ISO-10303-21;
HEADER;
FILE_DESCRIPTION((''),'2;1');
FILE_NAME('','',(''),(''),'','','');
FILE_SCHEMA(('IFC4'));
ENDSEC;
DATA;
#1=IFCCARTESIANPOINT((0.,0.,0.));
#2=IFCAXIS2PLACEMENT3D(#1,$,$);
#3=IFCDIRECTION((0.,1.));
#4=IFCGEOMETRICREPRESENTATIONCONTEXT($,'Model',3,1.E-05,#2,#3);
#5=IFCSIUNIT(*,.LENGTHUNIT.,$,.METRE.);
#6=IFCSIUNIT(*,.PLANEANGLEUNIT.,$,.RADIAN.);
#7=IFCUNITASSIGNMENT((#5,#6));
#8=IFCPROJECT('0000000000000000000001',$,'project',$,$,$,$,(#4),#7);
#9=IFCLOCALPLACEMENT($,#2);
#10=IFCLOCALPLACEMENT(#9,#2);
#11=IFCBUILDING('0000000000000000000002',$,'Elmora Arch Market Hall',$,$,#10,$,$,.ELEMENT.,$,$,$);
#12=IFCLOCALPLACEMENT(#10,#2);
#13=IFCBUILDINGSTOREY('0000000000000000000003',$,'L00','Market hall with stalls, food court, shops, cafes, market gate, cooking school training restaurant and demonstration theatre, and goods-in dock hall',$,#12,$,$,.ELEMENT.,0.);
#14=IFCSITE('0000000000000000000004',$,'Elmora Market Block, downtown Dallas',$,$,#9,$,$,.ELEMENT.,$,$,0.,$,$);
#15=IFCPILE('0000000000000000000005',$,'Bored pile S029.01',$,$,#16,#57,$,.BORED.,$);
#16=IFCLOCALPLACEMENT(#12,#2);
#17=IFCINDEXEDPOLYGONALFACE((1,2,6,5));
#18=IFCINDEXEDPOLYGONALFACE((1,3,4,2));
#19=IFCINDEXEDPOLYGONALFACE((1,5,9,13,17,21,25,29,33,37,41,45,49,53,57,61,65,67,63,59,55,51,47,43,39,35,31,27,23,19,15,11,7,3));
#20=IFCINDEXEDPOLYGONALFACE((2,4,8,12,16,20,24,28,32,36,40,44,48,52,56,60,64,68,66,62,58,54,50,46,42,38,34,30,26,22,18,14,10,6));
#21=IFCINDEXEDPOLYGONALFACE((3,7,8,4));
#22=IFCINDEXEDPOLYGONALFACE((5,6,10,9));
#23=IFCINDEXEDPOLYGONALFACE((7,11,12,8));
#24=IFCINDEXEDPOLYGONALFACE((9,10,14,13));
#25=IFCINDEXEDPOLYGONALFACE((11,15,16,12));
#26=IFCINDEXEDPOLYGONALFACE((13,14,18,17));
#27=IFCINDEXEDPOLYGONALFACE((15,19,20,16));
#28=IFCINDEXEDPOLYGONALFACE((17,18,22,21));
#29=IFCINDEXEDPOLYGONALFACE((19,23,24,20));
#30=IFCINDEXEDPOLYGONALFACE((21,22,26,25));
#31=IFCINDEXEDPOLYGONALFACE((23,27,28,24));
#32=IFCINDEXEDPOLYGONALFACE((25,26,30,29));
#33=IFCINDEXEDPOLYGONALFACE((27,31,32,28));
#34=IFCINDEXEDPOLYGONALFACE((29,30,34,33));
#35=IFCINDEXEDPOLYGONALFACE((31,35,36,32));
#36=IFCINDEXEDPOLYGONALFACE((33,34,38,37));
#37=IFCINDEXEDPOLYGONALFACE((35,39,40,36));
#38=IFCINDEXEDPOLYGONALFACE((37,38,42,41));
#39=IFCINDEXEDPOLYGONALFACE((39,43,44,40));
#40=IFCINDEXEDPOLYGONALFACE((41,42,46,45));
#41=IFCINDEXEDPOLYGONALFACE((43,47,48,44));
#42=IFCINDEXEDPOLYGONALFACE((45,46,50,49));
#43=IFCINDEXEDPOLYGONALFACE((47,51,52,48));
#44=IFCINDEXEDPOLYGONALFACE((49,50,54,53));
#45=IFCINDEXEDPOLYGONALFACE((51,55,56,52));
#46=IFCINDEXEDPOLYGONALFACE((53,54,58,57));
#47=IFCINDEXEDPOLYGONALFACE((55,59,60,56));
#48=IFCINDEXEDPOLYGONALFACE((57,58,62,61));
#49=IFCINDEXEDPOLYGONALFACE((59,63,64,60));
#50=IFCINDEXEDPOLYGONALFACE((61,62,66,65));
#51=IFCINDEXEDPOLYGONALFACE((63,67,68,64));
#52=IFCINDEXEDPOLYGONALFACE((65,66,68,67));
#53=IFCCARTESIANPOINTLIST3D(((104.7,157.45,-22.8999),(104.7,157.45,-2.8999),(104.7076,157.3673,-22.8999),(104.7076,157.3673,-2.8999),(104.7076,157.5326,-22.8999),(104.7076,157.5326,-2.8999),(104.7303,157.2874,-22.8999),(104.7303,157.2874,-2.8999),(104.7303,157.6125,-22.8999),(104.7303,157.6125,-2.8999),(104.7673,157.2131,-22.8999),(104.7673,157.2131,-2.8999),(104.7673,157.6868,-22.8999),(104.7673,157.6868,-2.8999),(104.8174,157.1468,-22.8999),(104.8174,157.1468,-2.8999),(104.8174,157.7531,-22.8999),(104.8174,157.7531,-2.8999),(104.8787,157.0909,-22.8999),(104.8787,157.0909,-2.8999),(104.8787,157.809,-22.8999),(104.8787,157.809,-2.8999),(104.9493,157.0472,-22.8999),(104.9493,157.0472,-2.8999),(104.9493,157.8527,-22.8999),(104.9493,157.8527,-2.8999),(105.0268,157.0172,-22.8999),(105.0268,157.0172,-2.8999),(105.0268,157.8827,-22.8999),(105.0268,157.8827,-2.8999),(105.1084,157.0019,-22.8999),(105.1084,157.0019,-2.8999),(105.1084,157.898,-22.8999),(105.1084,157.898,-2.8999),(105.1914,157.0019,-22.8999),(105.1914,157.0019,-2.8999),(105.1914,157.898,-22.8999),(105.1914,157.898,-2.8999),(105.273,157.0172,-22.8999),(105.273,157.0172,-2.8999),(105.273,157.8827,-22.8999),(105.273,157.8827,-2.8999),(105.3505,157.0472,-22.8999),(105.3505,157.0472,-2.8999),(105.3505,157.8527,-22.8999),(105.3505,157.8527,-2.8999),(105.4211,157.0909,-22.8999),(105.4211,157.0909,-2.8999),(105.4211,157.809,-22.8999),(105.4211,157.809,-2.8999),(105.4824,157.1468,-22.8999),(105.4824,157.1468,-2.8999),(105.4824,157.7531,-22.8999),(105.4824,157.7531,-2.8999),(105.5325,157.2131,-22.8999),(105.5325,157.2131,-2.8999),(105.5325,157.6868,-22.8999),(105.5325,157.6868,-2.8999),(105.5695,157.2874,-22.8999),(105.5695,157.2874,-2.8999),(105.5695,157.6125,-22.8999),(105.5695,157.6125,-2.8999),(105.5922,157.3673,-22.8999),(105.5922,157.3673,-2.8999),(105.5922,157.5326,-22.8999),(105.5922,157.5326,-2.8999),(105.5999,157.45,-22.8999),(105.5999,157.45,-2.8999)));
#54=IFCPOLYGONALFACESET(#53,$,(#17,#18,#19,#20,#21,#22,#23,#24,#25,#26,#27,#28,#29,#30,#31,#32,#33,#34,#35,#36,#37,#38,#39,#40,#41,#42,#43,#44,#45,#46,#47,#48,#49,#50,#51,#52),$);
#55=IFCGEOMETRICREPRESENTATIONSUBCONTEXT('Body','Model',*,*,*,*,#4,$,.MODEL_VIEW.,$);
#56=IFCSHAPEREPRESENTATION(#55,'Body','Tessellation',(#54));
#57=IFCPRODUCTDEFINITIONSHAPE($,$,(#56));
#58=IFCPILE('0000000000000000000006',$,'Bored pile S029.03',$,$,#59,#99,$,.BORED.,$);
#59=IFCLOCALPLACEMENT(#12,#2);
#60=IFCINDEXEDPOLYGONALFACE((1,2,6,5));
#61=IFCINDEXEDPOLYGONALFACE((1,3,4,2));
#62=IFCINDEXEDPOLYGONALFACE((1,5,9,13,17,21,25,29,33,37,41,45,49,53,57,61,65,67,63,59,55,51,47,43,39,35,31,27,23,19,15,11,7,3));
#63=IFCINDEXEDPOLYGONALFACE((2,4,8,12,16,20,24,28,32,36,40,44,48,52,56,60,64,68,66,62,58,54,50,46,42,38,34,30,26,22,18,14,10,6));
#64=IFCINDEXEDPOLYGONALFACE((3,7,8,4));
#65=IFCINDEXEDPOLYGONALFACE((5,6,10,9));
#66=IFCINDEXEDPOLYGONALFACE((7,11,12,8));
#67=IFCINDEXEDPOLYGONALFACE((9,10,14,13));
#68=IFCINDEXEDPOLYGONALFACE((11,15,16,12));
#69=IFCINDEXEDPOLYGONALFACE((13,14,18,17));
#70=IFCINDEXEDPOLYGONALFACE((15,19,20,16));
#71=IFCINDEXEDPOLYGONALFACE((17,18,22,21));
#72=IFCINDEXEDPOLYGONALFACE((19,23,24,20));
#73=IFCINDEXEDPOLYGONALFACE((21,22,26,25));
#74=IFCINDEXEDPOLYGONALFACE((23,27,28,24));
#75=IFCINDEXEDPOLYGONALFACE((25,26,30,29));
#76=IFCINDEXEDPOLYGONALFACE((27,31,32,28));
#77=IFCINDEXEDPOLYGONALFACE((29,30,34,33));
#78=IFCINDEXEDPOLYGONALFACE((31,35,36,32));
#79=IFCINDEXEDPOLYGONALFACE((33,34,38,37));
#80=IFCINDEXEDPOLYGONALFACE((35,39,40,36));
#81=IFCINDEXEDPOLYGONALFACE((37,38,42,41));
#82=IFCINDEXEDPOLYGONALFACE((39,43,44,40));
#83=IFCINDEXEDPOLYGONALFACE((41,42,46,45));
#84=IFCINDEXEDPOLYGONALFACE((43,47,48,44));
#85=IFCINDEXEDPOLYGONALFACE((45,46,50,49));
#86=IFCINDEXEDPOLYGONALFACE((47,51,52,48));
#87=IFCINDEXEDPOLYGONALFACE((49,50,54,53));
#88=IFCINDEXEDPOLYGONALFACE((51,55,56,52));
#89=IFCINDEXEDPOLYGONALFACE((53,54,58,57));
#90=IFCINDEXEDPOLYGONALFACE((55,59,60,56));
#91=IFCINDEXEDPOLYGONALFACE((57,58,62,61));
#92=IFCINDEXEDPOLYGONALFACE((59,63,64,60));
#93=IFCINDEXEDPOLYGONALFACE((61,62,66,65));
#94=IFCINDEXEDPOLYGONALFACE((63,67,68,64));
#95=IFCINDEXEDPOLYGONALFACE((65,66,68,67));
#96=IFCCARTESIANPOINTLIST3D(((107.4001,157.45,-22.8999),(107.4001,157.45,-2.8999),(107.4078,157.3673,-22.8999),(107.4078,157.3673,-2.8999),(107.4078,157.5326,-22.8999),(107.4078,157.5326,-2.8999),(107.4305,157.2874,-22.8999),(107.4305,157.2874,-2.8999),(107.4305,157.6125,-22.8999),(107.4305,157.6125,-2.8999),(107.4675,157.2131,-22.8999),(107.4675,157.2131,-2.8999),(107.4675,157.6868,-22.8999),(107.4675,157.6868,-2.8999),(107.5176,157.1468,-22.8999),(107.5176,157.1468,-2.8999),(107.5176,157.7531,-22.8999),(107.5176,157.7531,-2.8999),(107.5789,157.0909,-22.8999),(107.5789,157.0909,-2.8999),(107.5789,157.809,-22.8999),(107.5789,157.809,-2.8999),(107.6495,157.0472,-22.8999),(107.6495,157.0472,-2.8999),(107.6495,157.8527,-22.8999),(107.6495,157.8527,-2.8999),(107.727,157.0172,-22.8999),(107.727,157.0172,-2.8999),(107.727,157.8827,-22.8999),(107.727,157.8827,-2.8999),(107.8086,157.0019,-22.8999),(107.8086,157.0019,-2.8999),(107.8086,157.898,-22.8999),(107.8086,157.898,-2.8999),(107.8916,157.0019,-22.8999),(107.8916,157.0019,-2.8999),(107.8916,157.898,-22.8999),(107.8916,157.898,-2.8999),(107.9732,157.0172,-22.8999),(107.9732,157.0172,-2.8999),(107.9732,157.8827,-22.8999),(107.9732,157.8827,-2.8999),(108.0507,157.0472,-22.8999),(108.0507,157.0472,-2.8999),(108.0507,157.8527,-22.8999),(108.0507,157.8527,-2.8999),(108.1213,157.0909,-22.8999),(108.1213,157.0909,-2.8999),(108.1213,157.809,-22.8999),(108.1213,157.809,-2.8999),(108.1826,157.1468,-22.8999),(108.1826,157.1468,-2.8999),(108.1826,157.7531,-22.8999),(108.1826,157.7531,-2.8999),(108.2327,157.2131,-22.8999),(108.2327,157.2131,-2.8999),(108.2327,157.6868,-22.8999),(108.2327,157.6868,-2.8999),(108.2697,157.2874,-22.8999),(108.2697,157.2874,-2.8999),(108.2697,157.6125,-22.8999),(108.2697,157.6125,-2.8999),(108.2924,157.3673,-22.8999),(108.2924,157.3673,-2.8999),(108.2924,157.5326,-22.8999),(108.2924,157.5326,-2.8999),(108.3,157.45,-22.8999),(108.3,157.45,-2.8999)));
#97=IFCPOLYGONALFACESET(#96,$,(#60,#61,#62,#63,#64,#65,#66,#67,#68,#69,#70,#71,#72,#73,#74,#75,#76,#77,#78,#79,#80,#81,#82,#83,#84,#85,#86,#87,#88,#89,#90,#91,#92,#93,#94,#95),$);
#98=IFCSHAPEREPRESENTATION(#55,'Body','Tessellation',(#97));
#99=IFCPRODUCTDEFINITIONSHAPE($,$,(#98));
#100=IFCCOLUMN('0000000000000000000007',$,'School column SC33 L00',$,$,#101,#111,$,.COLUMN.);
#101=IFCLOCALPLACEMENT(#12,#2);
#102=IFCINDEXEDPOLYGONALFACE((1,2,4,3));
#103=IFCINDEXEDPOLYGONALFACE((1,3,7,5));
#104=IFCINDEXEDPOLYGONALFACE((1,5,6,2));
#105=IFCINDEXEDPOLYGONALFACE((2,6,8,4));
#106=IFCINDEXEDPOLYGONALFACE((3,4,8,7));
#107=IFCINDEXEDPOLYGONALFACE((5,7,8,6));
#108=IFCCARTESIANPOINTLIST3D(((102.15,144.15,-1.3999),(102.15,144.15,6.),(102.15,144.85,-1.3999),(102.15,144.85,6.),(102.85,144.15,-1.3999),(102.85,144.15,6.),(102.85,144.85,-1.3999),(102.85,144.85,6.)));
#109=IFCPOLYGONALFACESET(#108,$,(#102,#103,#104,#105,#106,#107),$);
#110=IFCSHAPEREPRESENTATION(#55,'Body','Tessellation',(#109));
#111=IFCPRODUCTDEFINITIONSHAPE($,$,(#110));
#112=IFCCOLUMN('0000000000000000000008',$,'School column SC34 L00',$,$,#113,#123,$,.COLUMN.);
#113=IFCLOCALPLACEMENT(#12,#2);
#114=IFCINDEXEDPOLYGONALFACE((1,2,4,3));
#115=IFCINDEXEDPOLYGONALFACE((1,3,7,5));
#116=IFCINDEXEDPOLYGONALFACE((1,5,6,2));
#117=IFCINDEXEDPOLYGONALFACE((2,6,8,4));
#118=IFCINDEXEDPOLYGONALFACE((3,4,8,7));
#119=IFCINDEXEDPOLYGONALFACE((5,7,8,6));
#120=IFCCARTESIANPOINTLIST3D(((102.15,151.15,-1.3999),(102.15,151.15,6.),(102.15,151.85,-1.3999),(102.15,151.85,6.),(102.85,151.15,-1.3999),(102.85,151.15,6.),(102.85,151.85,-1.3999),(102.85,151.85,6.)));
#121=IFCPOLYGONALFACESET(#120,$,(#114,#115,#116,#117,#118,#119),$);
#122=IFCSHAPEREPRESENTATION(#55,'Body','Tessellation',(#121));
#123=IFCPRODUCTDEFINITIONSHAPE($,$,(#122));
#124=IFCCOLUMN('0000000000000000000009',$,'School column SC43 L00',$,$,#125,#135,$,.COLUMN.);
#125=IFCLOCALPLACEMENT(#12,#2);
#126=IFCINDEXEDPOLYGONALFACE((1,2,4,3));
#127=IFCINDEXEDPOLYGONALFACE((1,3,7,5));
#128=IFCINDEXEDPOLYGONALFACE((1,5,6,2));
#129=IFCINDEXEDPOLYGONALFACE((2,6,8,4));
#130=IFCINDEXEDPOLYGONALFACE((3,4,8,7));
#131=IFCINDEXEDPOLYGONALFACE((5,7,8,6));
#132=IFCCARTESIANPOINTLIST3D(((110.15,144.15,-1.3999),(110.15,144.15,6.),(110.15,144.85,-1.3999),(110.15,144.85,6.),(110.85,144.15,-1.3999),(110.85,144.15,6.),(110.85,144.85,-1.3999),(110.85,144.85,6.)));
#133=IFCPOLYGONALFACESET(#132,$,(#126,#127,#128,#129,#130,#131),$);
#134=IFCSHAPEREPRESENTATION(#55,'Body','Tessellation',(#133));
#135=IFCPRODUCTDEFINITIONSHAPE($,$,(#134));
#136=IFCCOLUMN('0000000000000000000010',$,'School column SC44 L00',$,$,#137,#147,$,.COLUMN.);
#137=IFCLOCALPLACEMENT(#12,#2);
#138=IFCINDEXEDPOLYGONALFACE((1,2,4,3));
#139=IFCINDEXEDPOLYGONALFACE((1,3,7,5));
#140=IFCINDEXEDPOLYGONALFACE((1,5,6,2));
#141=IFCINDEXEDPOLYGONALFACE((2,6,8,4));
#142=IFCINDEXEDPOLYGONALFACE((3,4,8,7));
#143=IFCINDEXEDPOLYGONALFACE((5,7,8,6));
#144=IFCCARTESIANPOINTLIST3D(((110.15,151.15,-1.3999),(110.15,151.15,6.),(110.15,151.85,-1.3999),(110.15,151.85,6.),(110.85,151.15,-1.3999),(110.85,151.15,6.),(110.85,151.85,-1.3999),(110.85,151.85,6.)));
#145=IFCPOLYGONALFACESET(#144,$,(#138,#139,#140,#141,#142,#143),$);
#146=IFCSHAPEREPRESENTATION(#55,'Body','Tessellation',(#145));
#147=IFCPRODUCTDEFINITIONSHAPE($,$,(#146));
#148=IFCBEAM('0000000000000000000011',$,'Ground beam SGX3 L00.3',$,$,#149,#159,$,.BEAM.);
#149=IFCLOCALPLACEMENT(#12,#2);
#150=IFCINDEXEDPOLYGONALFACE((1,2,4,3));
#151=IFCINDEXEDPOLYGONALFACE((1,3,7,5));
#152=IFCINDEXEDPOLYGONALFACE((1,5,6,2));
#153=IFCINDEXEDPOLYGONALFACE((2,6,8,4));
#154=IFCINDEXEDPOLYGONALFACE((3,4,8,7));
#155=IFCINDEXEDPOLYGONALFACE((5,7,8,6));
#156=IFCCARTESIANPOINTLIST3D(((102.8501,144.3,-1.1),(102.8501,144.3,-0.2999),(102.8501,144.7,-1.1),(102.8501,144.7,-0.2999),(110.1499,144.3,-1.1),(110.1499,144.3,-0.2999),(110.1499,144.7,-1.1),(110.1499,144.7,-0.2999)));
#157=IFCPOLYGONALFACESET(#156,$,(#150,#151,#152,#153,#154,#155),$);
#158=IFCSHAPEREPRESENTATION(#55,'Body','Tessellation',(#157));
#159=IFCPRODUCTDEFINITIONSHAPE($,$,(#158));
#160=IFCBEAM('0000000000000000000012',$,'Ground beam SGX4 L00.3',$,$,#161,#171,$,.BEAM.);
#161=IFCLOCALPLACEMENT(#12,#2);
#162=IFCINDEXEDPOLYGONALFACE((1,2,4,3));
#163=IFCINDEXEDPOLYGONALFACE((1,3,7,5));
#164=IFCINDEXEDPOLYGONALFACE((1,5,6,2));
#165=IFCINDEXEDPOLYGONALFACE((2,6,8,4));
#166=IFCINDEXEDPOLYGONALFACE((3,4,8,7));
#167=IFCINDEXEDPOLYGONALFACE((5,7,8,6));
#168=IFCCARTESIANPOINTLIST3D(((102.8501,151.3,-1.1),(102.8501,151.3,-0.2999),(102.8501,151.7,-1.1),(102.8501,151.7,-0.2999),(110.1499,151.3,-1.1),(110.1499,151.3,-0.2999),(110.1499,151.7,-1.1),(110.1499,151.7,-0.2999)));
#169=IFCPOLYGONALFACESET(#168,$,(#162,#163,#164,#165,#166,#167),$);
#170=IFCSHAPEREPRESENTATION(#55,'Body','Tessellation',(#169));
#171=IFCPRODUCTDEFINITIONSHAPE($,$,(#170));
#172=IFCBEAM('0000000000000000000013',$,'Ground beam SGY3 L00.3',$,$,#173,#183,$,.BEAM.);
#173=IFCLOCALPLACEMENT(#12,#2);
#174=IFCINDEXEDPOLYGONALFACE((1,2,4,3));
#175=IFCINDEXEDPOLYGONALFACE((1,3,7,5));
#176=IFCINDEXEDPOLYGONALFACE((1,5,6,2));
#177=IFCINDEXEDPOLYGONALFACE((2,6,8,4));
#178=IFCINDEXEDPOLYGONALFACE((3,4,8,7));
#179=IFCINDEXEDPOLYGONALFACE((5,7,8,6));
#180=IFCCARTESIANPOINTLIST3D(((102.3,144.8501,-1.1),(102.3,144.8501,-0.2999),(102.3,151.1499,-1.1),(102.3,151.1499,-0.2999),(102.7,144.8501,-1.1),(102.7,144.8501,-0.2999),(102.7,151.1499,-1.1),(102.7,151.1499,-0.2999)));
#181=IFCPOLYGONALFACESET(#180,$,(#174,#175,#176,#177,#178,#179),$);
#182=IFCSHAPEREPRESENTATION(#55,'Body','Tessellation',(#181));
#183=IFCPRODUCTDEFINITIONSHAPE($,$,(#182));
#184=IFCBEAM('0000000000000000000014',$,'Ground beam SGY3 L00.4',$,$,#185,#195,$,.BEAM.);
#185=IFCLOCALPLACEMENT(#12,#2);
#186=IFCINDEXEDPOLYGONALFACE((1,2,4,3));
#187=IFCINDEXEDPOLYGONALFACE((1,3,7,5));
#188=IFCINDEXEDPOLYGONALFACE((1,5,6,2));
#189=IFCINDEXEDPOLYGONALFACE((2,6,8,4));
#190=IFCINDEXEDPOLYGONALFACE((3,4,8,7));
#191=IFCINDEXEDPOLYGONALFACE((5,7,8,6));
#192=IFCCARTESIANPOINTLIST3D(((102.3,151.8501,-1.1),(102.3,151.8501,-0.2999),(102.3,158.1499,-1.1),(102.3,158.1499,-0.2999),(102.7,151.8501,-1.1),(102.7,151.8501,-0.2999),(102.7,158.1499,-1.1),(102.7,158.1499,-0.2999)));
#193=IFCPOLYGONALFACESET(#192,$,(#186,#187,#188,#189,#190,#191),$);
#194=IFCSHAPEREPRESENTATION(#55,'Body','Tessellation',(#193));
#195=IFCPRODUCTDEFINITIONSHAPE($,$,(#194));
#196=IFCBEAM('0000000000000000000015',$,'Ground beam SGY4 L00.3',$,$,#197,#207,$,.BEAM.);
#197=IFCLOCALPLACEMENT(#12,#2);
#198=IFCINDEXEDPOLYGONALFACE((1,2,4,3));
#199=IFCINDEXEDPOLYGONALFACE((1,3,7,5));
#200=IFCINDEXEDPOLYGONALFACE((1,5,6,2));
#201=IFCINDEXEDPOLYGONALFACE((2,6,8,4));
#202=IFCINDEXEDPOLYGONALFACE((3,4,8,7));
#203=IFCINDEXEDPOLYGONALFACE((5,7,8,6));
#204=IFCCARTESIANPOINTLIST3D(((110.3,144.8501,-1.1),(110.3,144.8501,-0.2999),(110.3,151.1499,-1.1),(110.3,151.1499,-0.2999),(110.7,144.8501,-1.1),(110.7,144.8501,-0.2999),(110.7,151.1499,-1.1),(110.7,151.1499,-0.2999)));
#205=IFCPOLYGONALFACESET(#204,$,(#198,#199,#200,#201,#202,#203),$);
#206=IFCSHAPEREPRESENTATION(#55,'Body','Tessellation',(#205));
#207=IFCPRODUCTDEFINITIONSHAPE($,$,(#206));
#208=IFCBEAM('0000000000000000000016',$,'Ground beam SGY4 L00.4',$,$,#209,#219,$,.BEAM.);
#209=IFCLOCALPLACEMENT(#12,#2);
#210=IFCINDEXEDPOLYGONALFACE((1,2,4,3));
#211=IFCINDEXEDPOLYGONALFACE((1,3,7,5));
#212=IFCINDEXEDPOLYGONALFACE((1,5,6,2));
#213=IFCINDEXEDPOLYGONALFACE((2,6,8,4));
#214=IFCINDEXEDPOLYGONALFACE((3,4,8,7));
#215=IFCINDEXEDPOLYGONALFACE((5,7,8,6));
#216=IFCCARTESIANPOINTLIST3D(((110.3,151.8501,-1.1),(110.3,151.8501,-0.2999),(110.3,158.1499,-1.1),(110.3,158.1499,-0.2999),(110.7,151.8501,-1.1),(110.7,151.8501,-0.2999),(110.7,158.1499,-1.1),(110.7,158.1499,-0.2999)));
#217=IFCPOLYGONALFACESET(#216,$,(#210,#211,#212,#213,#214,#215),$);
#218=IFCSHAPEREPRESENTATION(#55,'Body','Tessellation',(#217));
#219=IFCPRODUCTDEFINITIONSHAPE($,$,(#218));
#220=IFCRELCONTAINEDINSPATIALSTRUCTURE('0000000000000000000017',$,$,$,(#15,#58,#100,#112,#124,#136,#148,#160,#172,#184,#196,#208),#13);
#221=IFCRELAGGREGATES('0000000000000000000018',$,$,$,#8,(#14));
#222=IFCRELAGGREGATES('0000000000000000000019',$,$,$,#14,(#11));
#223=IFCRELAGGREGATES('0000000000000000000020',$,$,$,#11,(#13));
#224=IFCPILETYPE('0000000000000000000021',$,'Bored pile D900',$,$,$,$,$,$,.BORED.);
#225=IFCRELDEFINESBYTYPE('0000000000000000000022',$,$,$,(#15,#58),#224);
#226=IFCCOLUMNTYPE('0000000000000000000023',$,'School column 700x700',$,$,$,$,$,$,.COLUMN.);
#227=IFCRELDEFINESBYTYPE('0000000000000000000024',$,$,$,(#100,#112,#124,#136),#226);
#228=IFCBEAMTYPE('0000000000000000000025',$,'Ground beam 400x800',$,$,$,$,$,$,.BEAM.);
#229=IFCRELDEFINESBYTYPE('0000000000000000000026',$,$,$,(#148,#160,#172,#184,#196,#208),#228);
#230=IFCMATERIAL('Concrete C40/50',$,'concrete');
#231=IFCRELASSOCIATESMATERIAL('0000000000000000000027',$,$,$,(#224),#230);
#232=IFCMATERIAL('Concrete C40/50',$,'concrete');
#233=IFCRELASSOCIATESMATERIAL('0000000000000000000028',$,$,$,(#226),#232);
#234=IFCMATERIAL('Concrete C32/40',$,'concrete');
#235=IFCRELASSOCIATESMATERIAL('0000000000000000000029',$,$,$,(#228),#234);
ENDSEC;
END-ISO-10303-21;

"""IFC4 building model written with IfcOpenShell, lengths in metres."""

from ifc_helpers import new_model, si_unit, direction, frame, origin, origin_2d, place, context, subcontext, project, spatial, rectangle, circle, extrude, material, material_profile, profile_set, type_object, element, save


model = new_model("IFC4")

# Units and contexts
model_context = context("Model", 3, precision=1e-05, world=origin(), true_north=direction((0.0, 1.0)))
body_context = subcontext(model_context, "Body", "Model", "MODEL_VIEW")
ifc_project = project(units=[si_unit("LENGTHUNIT", "METRE"), si_unit("PLANEANGLEUNIT", "RADIAN")], contexts=[model_context])

# Site, building, storey
site_placement = place(None, origin())
site = spatial("IfcSite", under=ifc_project, at=site_placement, Name="Elmora Market Block, downtown Dallas", CompositionType="ELEMENT", RefElevation=0.0)
building_placement = place(site_placement, origin())
building = spatial("IfcBuilding", under=site, at=building_placement, Name="Elmora Arch Market Hall", CompositionType="ELEMENT")
storey_placement = place(building_placement, origin())
storey = spatial("IfcBuildingStorey", under=building, at=storey_placement, Name="L00", Description="Market hall with stalls, food court, shops, cafes, market gate, cooking school training restaurant and demonstration theatre, and goods-in dock hall", CompositionType="ELEMENT", Elevation=0.0)

# Piles
ifc_material_1 = material(Name="Concrete C40/50", Category="concrete")
ifc_material_profile_1 = material_profile(ifc_material_1, circle(Radius=0.45, at=origin_2d()), Name="Bored pile D900")
ifc_profile_set_1 = profile_set([ifc_material_profile_1], Name="Concrete C40/50")
pile_type = type_object("IfcPileType", Name="Bored pile D900", PredefinedType="BORED", material=ifc_profile_set_1)
for number, where, z_axis, x_axis, name in (
    (1, (105.1499, 157.45, -2.8999), (0.0, 0.0, -1.0), (1.0, 0.0, 0.0), "Bored pile S029.01"),
    (2, (107.8501, 157.45, -2.8999), (0.0, 0.0, -1.0), (1.0, 0.0, 0.0), "Bored pile S029.03"),
):
    element("IfcPile", number, at=place(storey_placement, frame(where, z_axis=z_axis, x_axis=x_axis)), inside=storey, type_object=pile_type, Name=name, PredefinedType="BORED", context=body_context, shape_type="SweptSolid", body=[
        extrude(circle(Radius=0.45, at=origin_2d()), origin(), (0.0, 0.0, 1.0), 20.0),
    ])

# Columns
ifc_material_2 = material(Name="Concrete C40/50", Category="concrete")
ifc_material_profile_2 = material_profile(ifc_material_2, rectangle(XDim=0.7, YDim=0.7, at=origin_2d()), Name="School column 700x700")
ifc_profile_set_2 = profile_set([ifc_material_profile_2], Name="Concrete C40/50")
column_type = type_object("IfcColumnType", Name="School column 700x700", PredefinedType="COLUMN", material=ifc_profile_set_2)
for number, where, z_axis, x_axis, name in (
    (3, (102.5, 144.5, -1.3999), (0.0, 0.0, 1.0), (1.0, 0.0, 0.0), "School column SC33 L00"),
    (4, (102.5, 151.5, -1.3999), (0.0, 0.0, 1.0), (1.0, 0.0, 0.0), "School column SC34 L00"),
    (5, (110.5, 144.5, -1.3999), (0.0, 0.0, 1.0), (1.0, 0.0, 0.0), "School column SC43 L00"),
    (6, (110.5, 151.5, -1.3999), (0.0, 0.0, 1.0), (1.0, 0.0, 0.0), "School column SC44 L00"),
):
    element("IfcColumn", number, at=place(storey_placement, frame(where, z_axis=z_axis, x_axis=x_axis)), inside=storey, type_object=column_type, Name=name, PredefinedType="COLUMN", context=body_context, shape_type="SweptSolid", body=[
        extrude(rectangle(XDim=0.7, YDim=0.7, at=origin_2d()), origin(), (0.0, 0.0, 1.0), 7.3999),
    ])

# Beams
ifc_material_3 = material(Name="Concrete C32/40", Category="concrete")
ifc_material_profile_3 = material_profile(ifc_material_3, rectangle(XDim=0.3999, YDim=0.8, at=origin_2d()), Name="Ground beam 400x800")
ifc_profile_set_3 = profile_set([ifc_material_profile_3], Name="Concrete C32/40")
beam_type_1 = type_object("IfcBeamType", Name="Ground beam 400x800", PredefinedType="BEAM", material=ifc_profile_set_3)
for number, where, z_axis, x_axis, name in (
    (7, (102.8501, 144.5, -0.7), (1.0, 0.0, 0.0), (0.0, 1.0, 0.0), "Ground beam SGX3 L00.3"),
    (8, (102.8501, 151.5, -0.7), (1.0, 0.0, 0.0), (0.0, 1.0, 0.0), "Ground beam SGX4 L00.3"),
):
    element("IfcBeam", number, at=place(storey_placement, frame(where, z_axis=z_axis, x_axis=x_axis)), inside=storey, type_object=beam_type_1, Name=name, PredefinedType="BEAM", context=body_context, shape_type="SweptSolid", body=[
        extrude(rectangle(XDim=0.3999, YDim=0.8, at=origin_2d()), origin(), (0.0, 0.0, 1.0), 7.2998),
    ])
for number, where, z_axis, x_axis, name in (
    (9, (102.5, 144.8501, -0.7), (0.0, 1.0, 0.0), (-1.0, 0.0, 0.0), "Ground beam SGY3 L00.3"),
    (10, (102.5, 151.8501, -0.7), (0.0, 1.0, 0.0), (-1.0, 0.0, 0.0), "Ground beam SGY3 L00.4"),
    (11, (110.5, 144.8501, -0.7), (0.0, 1.0, 0.0), (-1.0, 0.0, 0.0), "Ground beam SGY4 L00.3"),
    (12, (110.5, 151.8501, -0.7), (0.0, 1.0, 0.0), (-1.0, 0.0, 0.0), "Ground beam SGY4 L00.4"),
):
    element("IfcBeam", number, at=place(storey_placement, frame(where, z_axis=z_axis, x_axis=x_axis)), inside=storey, type_object=beam_type_1, Name=name, PredefinedType="BEAM", context=body_context, shape_type="SweptSolid", body=[
        extrude(rectangle(XDim=0.3999, YDim=0.8, at=origin_2d()), origin(), (0.0, 0.0, 1.0), 6.2998),
    ])

save(model, "model.ifc")
